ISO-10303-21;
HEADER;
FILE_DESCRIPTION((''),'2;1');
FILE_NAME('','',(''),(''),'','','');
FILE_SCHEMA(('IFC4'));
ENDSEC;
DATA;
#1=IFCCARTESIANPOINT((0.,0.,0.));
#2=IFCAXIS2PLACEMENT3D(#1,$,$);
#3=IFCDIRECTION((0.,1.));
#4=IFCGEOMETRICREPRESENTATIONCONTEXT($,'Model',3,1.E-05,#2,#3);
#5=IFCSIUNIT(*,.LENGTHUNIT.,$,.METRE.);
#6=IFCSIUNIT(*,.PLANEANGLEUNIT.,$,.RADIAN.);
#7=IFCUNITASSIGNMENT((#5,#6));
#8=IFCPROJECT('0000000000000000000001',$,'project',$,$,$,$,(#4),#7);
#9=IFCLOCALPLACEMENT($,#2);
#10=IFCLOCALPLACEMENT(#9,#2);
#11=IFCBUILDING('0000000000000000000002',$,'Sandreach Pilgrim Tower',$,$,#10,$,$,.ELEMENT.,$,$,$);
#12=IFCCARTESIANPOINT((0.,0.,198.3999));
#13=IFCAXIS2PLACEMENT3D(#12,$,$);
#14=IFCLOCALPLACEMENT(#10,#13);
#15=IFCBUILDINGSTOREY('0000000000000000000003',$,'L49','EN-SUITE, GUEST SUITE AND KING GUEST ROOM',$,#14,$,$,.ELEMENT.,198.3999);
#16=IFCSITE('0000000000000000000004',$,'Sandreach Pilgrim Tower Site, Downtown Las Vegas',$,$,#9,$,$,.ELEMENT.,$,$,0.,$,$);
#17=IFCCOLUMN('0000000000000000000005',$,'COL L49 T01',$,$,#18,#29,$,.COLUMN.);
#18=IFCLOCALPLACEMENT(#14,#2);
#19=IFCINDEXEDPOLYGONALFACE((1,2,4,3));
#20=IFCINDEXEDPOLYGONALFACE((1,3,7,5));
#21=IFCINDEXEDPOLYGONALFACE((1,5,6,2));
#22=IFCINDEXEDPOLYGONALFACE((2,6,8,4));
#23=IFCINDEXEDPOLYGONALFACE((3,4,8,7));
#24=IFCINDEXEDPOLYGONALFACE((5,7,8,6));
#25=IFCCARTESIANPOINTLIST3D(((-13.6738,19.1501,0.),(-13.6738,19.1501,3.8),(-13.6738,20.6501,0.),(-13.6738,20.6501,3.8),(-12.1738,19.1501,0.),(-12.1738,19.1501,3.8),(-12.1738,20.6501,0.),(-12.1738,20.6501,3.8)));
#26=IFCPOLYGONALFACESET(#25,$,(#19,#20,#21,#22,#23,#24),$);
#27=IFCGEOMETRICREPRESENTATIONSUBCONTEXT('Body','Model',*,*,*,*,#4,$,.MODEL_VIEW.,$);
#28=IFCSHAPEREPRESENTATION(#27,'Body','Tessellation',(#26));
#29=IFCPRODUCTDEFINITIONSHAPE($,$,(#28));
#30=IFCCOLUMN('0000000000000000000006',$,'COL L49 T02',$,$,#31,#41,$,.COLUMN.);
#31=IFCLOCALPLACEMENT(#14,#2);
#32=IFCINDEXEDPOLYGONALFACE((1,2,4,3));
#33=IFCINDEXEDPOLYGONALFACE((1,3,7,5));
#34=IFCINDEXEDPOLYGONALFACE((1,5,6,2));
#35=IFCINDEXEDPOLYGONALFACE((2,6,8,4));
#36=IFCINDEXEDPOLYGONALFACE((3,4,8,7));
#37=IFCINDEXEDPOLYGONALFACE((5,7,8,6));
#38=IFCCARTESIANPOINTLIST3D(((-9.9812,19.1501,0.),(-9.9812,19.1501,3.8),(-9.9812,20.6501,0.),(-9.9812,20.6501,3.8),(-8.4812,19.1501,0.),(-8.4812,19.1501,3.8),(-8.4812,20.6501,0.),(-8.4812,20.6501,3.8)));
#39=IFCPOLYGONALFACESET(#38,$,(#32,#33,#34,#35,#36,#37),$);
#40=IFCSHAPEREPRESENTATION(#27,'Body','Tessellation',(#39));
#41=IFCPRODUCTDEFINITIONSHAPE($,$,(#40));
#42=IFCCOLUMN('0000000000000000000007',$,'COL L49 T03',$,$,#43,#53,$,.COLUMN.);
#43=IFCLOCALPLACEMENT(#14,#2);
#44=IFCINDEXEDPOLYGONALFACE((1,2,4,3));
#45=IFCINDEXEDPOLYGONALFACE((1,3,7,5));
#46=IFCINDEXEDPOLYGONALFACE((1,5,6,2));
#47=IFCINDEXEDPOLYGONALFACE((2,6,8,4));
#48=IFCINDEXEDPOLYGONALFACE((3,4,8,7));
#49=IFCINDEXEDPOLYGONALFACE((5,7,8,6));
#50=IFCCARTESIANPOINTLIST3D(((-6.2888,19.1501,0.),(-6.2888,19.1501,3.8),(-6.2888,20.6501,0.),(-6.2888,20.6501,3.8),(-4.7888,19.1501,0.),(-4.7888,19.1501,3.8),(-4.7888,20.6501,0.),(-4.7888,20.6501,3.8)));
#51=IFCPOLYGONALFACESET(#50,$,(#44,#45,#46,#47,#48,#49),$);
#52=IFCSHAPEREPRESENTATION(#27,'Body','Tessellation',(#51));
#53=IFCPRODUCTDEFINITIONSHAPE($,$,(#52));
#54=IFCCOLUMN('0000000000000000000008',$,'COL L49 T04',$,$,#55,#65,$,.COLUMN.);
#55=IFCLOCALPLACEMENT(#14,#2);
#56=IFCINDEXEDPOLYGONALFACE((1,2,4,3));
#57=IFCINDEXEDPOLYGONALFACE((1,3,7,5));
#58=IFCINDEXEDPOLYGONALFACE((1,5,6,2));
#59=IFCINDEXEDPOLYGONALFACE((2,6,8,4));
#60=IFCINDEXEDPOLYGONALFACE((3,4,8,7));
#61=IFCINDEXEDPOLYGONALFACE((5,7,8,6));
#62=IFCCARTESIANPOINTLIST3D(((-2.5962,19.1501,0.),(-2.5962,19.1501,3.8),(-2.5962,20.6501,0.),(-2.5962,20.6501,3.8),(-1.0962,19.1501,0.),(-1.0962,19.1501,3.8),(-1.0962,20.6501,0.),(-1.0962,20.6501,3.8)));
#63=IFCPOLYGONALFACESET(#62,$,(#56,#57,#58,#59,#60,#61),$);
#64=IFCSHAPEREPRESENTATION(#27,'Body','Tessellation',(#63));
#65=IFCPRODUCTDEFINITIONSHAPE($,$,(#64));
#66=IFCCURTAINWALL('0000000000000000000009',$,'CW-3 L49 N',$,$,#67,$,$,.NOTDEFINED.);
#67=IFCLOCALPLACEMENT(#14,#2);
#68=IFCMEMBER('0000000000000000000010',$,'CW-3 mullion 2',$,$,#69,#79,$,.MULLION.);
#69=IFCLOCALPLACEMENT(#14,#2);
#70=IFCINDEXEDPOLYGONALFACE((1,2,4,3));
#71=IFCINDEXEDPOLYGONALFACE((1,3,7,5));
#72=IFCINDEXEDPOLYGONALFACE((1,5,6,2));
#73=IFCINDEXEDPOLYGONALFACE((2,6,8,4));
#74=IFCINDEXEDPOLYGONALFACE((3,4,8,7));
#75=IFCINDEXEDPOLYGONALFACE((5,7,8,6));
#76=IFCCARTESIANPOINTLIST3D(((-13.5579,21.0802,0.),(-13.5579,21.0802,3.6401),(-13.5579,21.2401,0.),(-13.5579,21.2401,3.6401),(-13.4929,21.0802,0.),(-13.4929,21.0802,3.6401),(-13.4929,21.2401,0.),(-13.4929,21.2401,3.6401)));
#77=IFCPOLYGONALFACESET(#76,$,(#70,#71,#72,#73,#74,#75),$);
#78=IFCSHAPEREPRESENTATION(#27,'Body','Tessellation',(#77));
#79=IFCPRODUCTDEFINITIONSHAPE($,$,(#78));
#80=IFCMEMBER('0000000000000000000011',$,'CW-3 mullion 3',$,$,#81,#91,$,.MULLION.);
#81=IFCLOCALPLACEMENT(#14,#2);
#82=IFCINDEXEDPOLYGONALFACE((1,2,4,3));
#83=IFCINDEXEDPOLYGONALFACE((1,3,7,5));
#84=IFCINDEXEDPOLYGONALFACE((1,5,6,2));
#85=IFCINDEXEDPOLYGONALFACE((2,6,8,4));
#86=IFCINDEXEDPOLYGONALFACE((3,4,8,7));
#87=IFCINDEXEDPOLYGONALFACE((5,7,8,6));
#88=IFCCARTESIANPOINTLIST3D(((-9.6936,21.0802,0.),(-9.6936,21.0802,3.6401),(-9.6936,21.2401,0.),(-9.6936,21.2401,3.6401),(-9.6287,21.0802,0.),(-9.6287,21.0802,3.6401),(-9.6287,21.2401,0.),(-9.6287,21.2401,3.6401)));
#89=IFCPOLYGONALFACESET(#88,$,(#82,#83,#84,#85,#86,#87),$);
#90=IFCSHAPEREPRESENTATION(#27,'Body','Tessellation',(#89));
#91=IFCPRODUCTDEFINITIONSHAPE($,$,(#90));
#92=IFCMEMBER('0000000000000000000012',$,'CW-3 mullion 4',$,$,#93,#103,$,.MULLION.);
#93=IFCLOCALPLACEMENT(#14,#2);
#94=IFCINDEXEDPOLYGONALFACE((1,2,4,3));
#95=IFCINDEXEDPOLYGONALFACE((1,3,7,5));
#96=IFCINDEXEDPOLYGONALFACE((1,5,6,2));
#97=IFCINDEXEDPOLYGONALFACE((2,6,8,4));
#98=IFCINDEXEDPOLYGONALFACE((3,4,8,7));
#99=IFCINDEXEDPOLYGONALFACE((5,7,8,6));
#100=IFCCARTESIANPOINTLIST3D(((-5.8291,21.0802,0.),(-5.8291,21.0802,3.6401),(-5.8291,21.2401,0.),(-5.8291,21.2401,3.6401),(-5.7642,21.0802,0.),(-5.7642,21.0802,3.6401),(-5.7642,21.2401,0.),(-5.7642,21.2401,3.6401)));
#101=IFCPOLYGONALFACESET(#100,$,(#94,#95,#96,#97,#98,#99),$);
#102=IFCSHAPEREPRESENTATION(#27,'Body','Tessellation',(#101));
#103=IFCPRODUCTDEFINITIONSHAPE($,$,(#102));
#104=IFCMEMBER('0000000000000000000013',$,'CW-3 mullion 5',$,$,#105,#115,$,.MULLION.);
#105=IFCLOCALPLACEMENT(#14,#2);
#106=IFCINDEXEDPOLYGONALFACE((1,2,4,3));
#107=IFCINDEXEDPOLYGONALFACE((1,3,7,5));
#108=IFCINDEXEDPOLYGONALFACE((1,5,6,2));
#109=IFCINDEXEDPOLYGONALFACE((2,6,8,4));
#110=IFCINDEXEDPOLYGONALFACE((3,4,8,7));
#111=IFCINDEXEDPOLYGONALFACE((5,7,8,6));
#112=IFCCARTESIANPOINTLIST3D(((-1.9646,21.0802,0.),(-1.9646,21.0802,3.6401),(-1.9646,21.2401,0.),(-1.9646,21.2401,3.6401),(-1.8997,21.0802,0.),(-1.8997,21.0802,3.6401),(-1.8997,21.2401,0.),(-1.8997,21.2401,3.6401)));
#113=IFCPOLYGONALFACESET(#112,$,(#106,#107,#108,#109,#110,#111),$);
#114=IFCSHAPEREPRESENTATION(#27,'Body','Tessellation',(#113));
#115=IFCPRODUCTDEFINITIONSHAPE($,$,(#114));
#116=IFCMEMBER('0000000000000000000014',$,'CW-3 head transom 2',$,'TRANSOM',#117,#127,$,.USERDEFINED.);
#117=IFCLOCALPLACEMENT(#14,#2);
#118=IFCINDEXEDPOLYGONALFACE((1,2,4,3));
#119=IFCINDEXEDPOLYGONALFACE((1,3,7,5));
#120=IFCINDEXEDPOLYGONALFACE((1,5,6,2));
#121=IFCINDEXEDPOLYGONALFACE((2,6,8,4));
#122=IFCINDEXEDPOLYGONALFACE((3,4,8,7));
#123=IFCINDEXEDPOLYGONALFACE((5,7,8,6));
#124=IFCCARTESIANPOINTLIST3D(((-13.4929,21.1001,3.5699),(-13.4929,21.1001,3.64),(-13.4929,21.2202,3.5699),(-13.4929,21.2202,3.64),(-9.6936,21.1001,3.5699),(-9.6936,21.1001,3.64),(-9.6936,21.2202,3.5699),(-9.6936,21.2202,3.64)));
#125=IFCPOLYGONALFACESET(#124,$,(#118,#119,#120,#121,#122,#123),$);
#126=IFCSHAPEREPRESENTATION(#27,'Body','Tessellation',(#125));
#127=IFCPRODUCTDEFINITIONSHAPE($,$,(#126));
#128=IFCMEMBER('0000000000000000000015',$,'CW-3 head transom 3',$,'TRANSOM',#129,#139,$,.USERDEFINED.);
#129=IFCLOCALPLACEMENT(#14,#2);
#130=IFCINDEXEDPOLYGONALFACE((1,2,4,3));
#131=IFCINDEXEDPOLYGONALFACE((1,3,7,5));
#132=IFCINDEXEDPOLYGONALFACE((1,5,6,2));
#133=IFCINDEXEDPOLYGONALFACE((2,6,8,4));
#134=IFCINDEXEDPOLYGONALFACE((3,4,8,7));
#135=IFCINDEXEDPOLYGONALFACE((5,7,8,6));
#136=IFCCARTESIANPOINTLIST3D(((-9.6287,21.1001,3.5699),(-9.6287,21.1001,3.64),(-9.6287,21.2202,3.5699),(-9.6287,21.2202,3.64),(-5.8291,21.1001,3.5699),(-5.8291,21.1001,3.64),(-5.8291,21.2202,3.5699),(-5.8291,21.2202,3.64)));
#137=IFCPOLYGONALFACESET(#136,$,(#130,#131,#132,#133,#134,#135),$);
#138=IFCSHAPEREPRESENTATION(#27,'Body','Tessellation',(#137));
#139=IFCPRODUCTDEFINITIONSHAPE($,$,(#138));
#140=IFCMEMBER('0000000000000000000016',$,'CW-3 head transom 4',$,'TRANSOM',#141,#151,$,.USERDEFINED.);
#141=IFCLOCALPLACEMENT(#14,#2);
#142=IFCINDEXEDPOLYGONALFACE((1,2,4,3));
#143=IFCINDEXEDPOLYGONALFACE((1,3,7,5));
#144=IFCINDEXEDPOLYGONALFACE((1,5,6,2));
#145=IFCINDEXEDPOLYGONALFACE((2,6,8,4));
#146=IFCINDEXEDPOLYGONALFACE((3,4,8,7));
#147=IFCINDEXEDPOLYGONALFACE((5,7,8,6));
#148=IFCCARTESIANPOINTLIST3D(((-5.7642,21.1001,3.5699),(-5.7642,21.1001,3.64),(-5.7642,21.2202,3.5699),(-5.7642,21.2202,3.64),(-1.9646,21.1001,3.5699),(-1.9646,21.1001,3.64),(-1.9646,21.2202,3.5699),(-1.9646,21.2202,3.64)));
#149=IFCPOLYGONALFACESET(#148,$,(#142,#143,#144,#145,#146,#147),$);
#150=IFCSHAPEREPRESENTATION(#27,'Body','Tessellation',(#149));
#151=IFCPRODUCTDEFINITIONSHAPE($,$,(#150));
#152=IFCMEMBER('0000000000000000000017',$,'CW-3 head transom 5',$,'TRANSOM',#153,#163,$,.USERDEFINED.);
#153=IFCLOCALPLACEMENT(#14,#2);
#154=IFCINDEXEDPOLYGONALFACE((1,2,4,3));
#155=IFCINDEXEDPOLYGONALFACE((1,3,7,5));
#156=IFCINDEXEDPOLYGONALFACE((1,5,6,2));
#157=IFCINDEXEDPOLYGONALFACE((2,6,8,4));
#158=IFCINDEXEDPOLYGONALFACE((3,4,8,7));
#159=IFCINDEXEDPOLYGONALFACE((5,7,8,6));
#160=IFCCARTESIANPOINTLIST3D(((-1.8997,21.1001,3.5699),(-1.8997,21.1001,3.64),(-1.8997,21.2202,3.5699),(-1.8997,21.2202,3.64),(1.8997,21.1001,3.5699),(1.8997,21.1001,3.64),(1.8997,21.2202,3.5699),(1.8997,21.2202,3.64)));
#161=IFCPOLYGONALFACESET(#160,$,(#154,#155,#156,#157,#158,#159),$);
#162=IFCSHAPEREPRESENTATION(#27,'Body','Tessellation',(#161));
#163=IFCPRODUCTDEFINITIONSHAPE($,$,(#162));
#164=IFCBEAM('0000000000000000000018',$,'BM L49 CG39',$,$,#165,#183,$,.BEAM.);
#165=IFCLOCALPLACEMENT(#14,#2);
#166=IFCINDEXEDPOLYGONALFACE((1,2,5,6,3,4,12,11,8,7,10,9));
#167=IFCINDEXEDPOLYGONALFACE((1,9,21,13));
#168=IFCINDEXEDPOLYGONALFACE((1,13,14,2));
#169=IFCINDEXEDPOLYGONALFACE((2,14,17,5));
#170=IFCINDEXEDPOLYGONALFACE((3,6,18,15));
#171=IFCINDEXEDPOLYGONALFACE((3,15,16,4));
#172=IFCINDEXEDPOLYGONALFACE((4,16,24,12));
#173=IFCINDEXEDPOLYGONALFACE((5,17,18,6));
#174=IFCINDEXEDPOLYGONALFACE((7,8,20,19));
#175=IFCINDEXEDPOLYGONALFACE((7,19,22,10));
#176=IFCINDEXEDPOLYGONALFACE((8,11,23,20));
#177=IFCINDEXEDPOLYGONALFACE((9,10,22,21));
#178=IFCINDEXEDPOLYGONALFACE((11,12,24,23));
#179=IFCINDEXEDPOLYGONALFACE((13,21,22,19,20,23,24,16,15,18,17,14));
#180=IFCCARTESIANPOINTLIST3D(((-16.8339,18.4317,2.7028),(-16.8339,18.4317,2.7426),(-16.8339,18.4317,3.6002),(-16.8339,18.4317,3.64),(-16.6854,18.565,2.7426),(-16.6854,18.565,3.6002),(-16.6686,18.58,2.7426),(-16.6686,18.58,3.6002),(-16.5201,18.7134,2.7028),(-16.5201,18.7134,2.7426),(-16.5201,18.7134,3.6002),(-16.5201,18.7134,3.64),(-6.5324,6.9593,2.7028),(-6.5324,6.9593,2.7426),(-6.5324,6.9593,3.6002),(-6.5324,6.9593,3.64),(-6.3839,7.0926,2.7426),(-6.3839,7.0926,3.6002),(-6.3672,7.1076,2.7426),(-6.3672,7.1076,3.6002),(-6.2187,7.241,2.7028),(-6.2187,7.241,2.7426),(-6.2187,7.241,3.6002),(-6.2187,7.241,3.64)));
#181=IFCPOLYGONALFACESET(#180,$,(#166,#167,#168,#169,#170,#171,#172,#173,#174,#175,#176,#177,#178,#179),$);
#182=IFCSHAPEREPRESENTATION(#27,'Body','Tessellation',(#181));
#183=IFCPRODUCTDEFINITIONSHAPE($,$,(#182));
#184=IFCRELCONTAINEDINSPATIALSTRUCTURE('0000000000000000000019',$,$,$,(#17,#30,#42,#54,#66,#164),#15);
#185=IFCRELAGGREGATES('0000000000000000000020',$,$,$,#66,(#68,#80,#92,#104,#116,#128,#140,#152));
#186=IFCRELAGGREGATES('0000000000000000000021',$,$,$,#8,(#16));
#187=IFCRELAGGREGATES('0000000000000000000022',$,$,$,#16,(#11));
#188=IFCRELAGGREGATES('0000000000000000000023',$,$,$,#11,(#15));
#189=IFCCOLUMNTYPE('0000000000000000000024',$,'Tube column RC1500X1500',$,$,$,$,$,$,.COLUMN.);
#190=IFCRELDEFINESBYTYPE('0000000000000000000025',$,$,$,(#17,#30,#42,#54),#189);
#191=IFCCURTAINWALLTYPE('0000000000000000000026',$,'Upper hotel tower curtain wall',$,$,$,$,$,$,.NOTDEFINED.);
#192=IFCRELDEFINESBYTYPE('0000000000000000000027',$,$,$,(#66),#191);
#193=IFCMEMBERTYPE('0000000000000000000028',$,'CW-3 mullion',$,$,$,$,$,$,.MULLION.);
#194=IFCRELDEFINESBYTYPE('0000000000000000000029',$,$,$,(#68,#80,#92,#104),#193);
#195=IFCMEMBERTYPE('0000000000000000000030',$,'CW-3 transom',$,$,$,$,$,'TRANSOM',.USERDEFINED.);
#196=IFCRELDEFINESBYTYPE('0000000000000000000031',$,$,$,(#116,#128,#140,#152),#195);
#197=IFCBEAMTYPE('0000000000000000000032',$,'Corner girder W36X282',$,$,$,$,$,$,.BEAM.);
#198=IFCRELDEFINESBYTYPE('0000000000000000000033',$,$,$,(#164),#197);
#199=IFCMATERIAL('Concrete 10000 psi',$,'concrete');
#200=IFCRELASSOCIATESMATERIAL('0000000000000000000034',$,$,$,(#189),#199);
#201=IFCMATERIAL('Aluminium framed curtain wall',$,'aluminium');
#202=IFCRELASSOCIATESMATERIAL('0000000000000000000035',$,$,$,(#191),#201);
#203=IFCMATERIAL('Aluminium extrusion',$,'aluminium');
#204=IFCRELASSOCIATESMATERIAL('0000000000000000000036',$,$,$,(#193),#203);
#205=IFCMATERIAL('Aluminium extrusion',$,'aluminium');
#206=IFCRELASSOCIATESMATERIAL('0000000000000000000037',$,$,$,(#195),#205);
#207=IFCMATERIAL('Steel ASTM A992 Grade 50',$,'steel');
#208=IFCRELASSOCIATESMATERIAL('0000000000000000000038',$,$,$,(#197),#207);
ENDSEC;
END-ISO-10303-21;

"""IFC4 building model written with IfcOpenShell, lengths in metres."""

from ifc_helpers import new_model, si_unit, direction, frame, origin, origin_2d, place, context, subcontext, project, spatial, rectangle, i_section, extrude, material, material_profile, profile_set, type_object, element, aggregate, save


model = new_model("IFC4")

# Units and contexts
model_context = context("Model", 3, precision=1e-05, world=origin(), true_north=direction((0.0, 1.0)))
body_context = subcontext(model_context, "Body", "Model", "MODEL_VIEW")
ifc_project = project(units=[si_unit("LENGTHUNIT", "METRE"), si_unit("PLANEANGLEUNIT", "RADIAN")], contexts=[model_context])

# Site, building, storey
site_placement = place(None, origin())
site = spatial("IfcSite", under=ifc_project, at=site_placement, Name="Sandreach Pilgrim Tower Site, Downtown Las Vegas", CompositionType="ELEMENT", RefElevation=0.0)
building_placement = place(site_placement, origin())
building = spatial("IfcBuilding", under=site, at=building_placement, Name="Sandreach Pilgrim Tower", CompositionType="ELEMENT")
storey_placement = place(building_placement, frame((0.0, 0.0, 198.3999)))
storey = spatial("IfcBuildingStorey", under=building, at=storey_placement, Name="L49", Description="EN-SUITE, GUEST SUITE AND KING GUEST ROOM", CompositionType="ELEMENT", Elevation=198.3999)

# Columns
ifc_material_1 = material(Name="Concrete 10000 psi", Category="concrete")
ifc_material_profile_1 = material_profile(ifc_material_1, rectangle(XDim=1.5, YDim=1.5, at=origin_2d()), Name="RC1500X1500")
ifc_profile_set_1 = profile_set([ifc_material_profile_1], Name="Concrete 10000 psi")
column_type = type_object("IfcColumnType", Name="Tube column RC1500X1500", PredefinedType="COLUMN", material=ifc_profile_set_1)
for number, where, z_axis, x_axis, name in (
    (1, (-12.9238, 19.9001, 0.0), (0.0, 0.0, 1.0), (0.0, 1.0, 0.0), "COL L49 T01"),
    (2, (-9.2312, 19.9001, 0.0), (0.0, 0.0, 1.0), (0.0, 1.0, 0.0), "COL L49 T02"),
    (3, (-5.5388, 19.9001, 0.0), (0.0, 0.0, 1.0), (0.0, 1.0, 0.0), "COL L49 T03"),
    (4, (-1.8462, 19.9001, 0.0), (0.0, 0.0, 1.0), (0.0, 1.0, 0.0), "COL L49 T04"),
):
    element("IfcColumn", number, at=place(storey_placement, frame(where, z_axis=z_axis, x_axis=x_axis)), inside=storey, type_object=column_type, Name=name, PredefinedType="COLUMN", context=body_context, shape_type="SweptSolid", body=[
        extrude(rectangle(XDim=1.5, YDim=1.5, at=origin_2d()), origin(), (0.0, 0.0, 1.0), 3.8),
    ])

# Curtain wall, members
ifc_material_2 = material(Name="Aluminium framed curtain wall", Category="aluminium")
curtain_wall_type = type_object("IfcCurtainWallType", Name="Upper hotel tower curtain wall", PredefinedType="NOTDEFINED", material=ifc_material_2)
curtain_wall_placement = place(storey_placement, origin())
curtain_wall = element("IfcCurtainWall", 5, at=curtain_wall_placement, inside=storey, type_object=curtain_wall_type, Name="CW-3 L49 N", PredefinedType="NOTDEFINED")
ifc_material_3 = material(Name="Aluminium extrusion", Category="aluminium")
ifc_material_profile_2 = material_profile(ifc_material_3, rectangle(XDim=0.0649, YDim=0.1599, at=origin_2d()), Name="CW-3M 65X160")
ifc_profile_set_2 = profile_set([ifc_material_profile_2], Name="Aluminium extrusion")
member_type_1 = type_object("IfcMemberType", Name="CW-3 mullion", PredefinedType="MULLION", material=ifc_profile_set_2)
member_1_placement = place(storey_placement, frame((-13.5254, 21.1602, 0.0), z_axis=(0.0, 0.0, 1.0), x_axis=(1.0, 0.0, 0.0)))
member_1 = element("IfcMember", 6, at=member_1_placement, type_object=member_type_1, Name="CW-3 mullion 2", PredefinedType="MULLION", context=body_context, shape_type="SweptSolid", body=[
    extrude(rectangle(XDim=0.0649, YDim=0.1599, at=origin_2d()), origin(), (0.0, 0.0, 1.0), 3.6401),
])
member_2_placement = place(storey_placement, frame((-9.6611, 21.1602, 0.0), z_axis=(0.0, 0.0, 1.0), x_axis=(1.0, 0.0, 0.0)))
member_2 = element("IfcMember", 7, at=member_2_placement, type_object=member_type_1, Name="CW-3 mullion 3", PredefinedType="MULLION", context=body_context, shape_type="SweptSolid", body=[
    extrude(rectangle(XDim=0.0649, YDim=0.1599, at=origin_2d()), origin(), (0.0, 0.0, 1.0), 3.6401),
])
member_3_placement = place(storey_placement, frame((-5.7966, 21.1602, 0.0), z_axis=(0.0, 0.0, 1.0), x_axis=(1.0, 0.0, 0.0)))
member_3 = element("IfcMember", 8, at=member_3_placement, type_object=member_type_1, Name="CW-3 mullion 4", PredefinedType="MULLION", context=body_context, shape_type="SweptSolid", body=[
    extrude(rectangle(XDim=0.0649, YDim=0.1599, at=origin_2d()), origin(), (0.0, 0.0, 1.0), 3.6401),
])
member_4_placement = place(storey_placement, frame((-1.9321, 21.1602, 0.0), z_axis=(0.0, 0.0, 1.0), x_axis=(1.0, 0.0, 0.0)))
member_4 = element("IfcMember", 9, at=member_4_placement, type_object=member_type_1, Name="CW-3 mullion 5", PredefinedType="MULLION", context=body_context, shape_type="SweptSolid", body=[
    extrude(rectangle(XDim=0.0649, YDim=0.1599, at=origin_2d()), origin(), (0.0, 0.0, 1.0), 3.6401),
])
ifc_material_4 = material(Name="Aluminium extrusion", Category="aluminium")
ifc_material_profile_3 = material_profile(ifc_material_4, rectangle(XDim=0.1201, YDim=0.0701, at=origin_2d()), Name="CW-3T 120X70")
ifc_profile_set_3 = profile_set([ifc_material_profile_3], Name="Aluminium extrusion")
member_type_2 = type_object("IfcMemberType", Name="CW-3 transom", ElementType="TRANSOM", PredefinedType="USERDEFINED", material=ifc_profile_set_3)
member_5_placement = place(storey_placement, frame((-13.4929, 21.1602, 3.605), z_axis=(1.0, 0.0, 0.0), x_axis=(0.0, 1.0, 0.0)))
member_5 = element("IfcMember", 10, at=member_5_placement, type_object=member_type_2, Name="CW-3 head transom 2", ObjectType="TRANSOM", PredefinedType="USERDEFINED", context=body_context, shape_type="SweptSolid", body=[
    extrude(rectangle(XDim=0.1201, YDim=0.0701, at=origin_2d()), origin(), (0.0, 0.0, 1.0), 3.7993),
])
member_6_placement = place(storey_placement, frame((-9.6287, 21.1602, 3.605), z_axis=(1.0, 0.0, 0.0), x_axis=(0.0, 1.0, 0.0)))
member_6 = element("IfcMember", 11, at=member_6_placement, type_object=member_type_2, Name="CW-3 head transom 3", ObjectType="TRANSOM", PredefinedType="USERDEFINED", context=body_context, shape_type="SweptSolid", body=[
    extrude(rectangle(XDim=0.1201, YDim=0.0701, at=origin_2d()), origin(), (0.0, 0.0, 1.0), 3.7996),
])
member_7_placement = place(storey_placement, frame((-5.7642, 21.1602, 3.605), z_axis=(1.0, 0.0, 0.0), x_axis=(0.0, 1.0, 0.0)))
member_7 = element("IfcMember", 12, at=member_7_placement, type_object=member_type_2, Name="CW-3 head transom 4", ObjectType="TRANSOM", PredefinedType="USERDEFINED", context=body_context, shape_type="SweptSolid", body=[
    extrude(rectangle(XDim=0.1201, YDim=0.0701, at=origin_2d()), origin(), (0.0, 0.0, 1.0), 3.7996),
])
member_8_placement = place(storey_placement, frame((-1.8997, 21.1602, 3.605), z_axis=(1.0, 0.0, 0.0), x_axis=(0.0, 1.0, 0.0)))
member_8 = element("IfcMember", 13, at=member_8_placement, type_object=member_type_2, Name="CW-3 head transom 5", ObjectType="TRANSOM", PredefinedType="USERDEFINED", context=body_context, shape_type="SweptSolid", body=[
    extrude(rectangle(XDim=0.1201, YDim=0.0701, at=origin_2d()), origin(), (0.0, 0.0, 1.0), 3.7993),
])

# Beam
ifc_material_5 = material(Name="Steel ASTM A992 Grade 50", Category="steel")
ifc_material_profile_4 = material_profile(ifc_material_5, i_section(OverallWidth=0.4216, OverallDepth=0.9373, WebThickness=0.0225, FlangeThickness=0.0398, at=origin_2d()), Name="W36X282")
ifc_profile_set_4 = profile_set([ifc_material_profile_4], Name="Steel ASTM A992 Grade 50")
beam_type_1 = type_object("IfcBeamType", Name="Corner girder W36X282", PredefinedType="BEAM", material=ifc_profile_set_4)
beam_1_placement = place(storey_placement, frame((-16.677, 18.5725, 3.1714), z_axis=(0.668117, -0.744057, 0.0), x_axis=(0.744057, 0.668117, 0.0)))
element("IfcBeam", 14, at=beam_1_placement, inside=storey, type_object=beam_type_1, Name="BM L49 CG39", PredefinedType="BEAM", context=body_context, shape_type="SweptSolid", body=[
    extrude(i_section(OverallWidth=0.4216, OverallDepth=0.9373, WebThickness=0.0225, FlangeThickness=0.0398, at=origin_2d()), origin(), (0.0, 0.0, 1.0), 15.4187),
])

aggregate(curtain_wall, [member_1, member_2, member_3, member_4, member_5, member_6, member_7, member_8])

save(model, "model.ifc")
